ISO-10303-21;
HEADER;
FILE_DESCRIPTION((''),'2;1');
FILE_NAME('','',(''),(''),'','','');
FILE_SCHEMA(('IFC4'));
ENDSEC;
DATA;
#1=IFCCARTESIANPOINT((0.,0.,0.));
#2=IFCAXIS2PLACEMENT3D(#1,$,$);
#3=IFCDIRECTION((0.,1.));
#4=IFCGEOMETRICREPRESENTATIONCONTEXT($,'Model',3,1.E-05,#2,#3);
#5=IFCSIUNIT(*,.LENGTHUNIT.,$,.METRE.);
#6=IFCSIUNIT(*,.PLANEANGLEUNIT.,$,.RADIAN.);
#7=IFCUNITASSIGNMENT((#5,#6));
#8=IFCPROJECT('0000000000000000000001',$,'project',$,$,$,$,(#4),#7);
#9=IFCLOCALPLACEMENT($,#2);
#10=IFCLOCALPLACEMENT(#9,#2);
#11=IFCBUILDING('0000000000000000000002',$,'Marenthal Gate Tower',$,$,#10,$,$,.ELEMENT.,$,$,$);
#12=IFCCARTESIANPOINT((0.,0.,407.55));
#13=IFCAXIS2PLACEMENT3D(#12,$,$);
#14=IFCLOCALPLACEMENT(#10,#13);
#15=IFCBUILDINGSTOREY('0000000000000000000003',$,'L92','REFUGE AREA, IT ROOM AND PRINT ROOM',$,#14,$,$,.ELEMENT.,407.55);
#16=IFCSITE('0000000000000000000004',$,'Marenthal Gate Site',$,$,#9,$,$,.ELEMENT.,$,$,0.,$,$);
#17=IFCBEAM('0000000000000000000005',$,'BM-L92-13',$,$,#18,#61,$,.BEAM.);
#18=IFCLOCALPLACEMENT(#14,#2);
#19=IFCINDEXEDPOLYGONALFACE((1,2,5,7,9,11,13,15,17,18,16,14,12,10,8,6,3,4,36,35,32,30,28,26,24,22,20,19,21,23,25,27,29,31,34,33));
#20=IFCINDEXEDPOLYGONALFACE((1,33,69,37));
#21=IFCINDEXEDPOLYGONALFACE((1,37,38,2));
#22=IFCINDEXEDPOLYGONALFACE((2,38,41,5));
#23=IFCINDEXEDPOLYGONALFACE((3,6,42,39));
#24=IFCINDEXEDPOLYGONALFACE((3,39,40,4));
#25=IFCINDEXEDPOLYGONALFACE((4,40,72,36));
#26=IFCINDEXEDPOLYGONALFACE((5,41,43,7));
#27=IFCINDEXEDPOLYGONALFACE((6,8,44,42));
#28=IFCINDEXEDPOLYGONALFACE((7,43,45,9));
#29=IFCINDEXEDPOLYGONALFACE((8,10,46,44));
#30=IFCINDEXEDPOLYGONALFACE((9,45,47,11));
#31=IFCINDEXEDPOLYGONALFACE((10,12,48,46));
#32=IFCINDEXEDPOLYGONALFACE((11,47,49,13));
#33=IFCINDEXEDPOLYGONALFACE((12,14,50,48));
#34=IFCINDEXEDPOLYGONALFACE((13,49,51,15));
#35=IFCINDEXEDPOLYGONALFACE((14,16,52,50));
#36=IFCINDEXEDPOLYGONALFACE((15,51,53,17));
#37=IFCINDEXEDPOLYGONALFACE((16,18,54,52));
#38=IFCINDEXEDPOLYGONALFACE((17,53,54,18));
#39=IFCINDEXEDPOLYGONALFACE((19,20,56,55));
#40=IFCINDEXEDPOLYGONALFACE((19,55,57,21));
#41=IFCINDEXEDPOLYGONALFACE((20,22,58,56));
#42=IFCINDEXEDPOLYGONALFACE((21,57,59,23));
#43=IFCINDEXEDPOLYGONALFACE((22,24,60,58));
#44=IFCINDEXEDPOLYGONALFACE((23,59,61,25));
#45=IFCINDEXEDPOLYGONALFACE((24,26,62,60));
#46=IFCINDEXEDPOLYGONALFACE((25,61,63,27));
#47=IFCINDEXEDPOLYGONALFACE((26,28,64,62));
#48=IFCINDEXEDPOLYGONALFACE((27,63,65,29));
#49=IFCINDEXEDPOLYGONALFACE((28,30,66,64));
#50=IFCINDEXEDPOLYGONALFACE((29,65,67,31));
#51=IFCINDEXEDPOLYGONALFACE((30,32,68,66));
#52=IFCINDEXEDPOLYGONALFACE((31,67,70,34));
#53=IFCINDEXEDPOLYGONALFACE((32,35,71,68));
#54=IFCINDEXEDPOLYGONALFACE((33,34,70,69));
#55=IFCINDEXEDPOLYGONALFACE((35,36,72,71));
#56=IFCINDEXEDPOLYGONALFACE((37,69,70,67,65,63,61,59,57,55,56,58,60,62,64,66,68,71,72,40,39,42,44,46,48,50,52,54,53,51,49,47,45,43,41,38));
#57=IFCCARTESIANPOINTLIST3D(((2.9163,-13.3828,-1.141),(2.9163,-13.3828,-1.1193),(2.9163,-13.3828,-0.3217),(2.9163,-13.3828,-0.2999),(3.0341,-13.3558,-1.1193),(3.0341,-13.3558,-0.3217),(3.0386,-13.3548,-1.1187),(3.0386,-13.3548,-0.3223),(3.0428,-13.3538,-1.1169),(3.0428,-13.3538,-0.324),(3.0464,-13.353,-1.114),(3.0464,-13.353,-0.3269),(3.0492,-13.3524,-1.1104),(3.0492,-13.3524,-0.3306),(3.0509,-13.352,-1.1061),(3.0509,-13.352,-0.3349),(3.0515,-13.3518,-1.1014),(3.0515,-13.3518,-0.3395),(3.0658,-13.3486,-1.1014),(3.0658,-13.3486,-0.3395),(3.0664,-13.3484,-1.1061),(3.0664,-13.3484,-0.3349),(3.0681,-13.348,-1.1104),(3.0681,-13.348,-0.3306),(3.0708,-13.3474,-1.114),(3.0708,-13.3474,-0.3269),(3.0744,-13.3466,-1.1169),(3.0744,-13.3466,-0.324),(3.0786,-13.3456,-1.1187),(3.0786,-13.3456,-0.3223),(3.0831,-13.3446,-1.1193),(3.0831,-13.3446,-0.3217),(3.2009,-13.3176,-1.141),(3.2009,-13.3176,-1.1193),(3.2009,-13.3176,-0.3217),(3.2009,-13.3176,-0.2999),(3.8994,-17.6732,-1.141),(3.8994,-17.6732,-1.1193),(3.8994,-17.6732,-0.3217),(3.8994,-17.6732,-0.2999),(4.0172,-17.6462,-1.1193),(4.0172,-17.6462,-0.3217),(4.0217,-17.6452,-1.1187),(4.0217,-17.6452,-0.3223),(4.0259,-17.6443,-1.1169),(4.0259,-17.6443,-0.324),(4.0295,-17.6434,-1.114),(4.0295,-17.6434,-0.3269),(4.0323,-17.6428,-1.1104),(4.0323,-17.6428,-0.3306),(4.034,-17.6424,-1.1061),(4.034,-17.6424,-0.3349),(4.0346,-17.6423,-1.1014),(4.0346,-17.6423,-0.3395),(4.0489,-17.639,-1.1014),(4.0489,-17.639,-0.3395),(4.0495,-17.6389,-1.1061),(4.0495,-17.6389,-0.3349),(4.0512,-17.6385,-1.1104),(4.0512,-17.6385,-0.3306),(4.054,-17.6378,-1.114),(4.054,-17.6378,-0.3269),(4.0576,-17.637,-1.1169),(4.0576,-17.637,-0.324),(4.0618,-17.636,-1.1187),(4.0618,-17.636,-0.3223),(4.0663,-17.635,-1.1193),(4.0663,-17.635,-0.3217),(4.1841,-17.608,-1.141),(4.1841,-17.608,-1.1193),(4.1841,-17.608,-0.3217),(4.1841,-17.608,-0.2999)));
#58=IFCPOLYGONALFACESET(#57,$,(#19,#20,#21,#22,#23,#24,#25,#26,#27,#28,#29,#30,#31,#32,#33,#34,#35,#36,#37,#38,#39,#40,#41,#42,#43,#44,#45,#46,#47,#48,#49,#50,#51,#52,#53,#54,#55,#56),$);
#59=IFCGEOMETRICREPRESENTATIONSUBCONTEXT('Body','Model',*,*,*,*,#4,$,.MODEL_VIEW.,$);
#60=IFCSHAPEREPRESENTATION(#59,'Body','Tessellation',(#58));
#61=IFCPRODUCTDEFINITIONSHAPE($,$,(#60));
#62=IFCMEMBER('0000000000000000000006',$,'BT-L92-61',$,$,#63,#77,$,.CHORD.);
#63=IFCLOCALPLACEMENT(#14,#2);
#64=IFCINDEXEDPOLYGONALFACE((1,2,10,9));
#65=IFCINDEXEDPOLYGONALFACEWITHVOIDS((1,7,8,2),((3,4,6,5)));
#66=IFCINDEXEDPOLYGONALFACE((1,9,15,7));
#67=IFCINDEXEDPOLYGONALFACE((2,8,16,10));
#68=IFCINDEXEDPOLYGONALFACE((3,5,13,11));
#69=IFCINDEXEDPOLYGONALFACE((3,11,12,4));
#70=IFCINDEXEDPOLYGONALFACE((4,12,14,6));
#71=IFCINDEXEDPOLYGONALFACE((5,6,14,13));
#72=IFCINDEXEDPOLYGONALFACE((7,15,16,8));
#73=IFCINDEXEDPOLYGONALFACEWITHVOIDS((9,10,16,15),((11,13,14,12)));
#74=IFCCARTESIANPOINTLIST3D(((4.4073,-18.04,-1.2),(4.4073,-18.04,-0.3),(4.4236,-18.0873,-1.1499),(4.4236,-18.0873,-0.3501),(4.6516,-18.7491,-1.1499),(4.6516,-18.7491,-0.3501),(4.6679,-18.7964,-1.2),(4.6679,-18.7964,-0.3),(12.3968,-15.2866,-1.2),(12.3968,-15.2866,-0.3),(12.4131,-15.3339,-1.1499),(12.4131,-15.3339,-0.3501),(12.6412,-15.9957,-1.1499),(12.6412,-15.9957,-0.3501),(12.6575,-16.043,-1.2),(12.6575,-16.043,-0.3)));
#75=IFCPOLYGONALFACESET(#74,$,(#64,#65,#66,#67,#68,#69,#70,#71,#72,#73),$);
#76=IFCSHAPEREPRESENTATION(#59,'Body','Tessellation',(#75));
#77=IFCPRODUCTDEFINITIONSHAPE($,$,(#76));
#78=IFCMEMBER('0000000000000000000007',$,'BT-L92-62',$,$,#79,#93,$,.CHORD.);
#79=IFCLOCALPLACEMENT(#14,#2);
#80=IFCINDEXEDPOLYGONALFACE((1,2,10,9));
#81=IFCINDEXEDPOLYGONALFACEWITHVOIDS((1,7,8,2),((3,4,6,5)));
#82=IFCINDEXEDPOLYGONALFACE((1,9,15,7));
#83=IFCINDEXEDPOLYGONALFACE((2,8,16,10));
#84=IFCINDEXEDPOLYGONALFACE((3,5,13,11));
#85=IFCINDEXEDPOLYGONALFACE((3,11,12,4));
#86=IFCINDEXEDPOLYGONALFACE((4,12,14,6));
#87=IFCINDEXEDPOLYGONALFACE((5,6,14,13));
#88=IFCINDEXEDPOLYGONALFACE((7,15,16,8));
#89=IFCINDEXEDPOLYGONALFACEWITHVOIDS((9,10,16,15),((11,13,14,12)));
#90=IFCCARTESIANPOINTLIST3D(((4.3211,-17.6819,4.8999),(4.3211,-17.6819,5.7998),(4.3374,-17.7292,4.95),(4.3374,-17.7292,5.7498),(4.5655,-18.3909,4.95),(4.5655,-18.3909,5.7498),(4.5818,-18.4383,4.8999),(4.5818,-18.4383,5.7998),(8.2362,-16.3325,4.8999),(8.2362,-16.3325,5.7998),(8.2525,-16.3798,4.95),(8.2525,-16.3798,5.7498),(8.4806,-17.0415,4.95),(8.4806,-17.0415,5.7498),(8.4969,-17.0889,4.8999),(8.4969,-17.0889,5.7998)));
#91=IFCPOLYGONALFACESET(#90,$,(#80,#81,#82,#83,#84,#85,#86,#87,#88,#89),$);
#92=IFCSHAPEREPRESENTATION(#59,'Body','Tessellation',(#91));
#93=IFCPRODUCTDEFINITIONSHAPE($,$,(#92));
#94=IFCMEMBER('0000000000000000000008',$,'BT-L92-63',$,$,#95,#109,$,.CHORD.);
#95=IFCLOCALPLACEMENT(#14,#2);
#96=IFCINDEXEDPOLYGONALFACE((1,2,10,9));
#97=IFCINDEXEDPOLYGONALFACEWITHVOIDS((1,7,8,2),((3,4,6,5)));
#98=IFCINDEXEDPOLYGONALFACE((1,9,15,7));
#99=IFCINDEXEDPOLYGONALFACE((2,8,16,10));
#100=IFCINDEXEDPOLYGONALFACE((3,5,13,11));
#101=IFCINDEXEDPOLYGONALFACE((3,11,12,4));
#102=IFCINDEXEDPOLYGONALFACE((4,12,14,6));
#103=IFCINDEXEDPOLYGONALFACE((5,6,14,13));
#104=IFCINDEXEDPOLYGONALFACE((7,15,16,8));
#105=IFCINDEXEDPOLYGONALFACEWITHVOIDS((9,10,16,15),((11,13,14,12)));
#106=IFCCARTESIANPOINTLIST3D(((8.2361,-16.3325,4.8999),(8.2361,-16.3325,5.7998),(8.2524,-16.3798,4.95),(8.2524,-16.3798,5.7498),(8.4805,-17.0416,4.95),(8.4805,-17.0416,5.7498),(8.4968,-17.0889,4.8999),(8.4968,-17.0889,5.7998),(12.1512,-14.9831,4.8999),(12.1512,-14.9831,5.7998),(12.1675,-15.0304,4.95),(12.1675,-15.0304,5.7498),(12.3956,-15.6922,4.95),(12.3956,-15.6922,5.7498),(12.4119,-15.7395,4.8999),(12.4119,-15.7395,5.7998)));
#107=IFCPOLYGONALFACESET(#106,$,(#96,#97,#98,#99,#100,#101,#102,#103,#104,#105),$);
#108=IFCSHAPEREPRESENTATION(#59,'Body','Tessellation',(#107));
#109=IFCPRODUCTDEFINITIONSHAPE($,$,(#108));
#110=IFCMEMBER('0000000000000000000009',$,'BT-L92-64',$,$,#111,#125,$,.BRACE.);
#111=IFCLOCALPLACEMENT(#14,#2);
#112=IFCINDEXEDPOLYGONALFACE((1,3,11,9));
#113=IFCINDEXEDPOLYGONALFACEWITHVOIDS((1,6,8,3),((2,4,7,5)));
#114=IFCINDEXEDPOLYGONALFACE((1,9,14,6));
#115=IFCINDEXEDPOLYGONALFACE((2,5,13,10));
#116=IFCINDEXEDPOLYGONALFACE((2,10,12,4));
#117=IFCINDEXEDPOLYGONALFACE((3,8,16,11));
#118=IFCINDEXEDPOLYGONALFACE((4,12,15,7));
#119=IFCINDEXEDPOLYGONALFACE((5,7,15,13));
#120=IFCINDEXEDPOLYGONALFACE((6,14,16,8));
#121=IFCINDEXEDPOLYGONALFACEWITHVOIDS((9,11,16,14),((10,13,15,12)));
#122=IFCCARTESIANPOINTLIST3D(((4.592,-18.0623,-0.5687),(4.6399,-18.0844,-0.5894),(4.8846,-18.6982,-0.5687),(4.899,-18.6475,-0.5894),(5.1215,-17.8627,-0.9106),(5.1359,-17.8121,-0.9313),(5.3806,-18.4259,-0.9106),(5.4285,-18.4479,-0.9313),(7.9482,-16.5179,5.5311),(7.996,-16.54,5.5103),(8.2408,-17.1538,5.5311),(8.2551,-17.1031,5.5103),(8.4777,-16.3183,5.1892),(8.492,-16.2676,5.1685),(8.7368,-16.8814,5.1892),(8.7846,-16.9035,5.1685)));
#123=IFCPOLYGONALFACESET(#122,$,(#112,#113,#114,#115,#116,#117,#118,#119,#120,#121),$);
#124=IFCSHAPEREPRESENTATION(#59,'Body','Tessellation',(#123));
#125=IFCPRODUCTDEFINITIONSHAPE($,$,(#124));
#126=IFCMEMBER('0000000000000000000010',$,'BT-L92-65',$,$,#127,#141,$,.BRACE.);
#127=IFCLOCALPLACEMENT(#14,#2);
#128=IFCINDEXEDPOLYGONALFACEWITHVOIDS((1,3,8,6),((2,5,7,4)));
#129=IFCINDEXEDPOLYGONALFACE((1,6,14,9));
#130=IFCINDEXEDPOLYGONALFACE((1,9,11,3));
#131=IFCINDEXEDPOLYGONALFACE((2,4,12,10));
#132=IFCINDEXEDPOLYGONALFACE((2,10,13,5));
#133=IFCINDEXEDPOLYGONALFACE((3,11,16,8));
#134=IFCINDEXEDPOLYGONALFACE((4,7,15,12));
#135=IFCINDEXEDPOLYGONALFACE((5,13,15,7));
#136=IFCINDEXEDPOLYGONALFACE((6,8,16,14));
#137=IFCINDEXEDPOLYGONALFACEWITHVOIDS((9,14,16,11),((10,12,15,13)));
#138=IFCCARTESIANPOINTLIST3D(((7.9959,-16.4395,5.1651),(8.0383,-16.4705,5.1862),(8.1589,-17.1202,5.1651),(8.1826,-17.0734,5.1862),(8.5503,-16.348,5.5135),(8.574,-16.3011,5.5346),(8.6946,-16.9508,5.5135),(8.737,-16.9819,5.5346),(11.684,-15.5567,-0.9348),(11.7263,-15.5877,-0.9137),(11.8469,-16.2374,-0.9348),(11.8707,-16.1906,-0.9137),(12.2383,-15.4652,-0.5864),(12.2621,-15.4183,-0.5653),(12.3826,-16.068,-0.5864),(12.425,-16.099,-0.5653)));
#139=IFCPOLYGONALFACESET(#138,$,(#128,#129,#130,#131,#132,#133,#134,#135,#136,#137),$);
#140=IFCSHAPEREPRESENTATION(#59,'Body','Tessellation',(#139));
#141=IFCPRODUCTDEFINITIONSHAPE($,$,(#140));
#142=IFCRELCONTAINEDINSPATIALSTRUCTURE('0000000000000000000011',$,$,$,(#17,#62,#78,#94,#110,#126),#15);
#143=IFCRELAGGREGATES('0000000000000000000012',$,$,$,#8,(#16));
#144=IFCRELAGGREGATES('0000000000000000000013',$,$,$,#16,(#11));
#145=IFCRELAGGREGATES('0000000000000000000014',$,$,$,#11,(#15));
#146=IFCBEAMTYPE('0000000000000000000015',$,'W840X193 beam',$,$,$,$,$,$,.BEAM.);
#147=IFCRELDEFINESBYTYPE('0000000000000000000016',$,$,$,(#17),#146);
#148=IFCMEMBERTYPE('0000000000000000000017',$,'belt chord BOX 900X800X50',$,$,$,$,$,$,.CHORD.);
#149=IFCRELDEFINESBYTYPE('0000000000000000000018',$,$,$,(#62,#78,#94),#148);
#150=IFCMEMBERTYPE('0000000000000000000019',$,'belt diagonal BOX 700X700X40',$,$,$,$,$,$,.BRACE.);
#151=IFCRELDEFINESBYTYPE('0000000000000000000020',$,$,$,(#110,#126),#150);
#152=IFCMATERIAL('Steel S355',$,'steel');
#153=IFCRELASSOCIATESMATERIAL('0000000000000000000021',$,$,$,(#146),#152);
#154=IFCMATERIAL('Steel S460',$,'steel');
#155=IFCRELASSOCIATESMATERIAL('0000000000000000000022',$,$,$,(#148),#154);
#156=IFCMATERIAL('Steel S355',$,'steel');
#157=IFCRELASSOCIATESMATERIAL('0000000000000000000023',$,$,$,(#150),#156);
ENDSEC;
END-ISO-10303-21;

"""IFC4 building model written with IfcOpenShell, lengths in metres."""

from ifc_helpers import new_model, si_unit, direction, frame, origin, origin_2d, place, context, subcontext, project, spatial, hollow_rectangle, i_section, extrude, material, material_profile, profile_set, type_object, element, save


model = new_model("IFC4")

# Units and contexts
model_context = context("Model", 3, precision=1e-05, world=origin(), true_north=direction((0.0, 1.0)))
body_context = subcontext(model_context, "Body", "Model", "MODEL_VIEW")
ifc_project = project(units=[si_unit("LENGTHUNIT", "METRE"), si_unit("PLANEANGLEUNIT", "RADIAN")], contexts=[model_context])

# Site, building, storey
site_placement = place(None, origin())
site = spatial("IfcSite", under=ifc_project, at=site_placement, Name="Marenthal Gate Site", CompositionType="ELEMENT", RefElevation=0.0)
building_placement = place(site_placement, origin())
building = spatial("IfcBuilding", under=site, at=building_placement, Name="Marenthal Gate Tower", CompositionType="ELEMENT")
storey_placement = place(building_placement, frame((0.0, 0.0, 407.55)))
storey = spatial("IfcBuildingStorey", under=building, at=storey_placement, Name="L92", Description="REFUGE AREA, IT ROOM AND PRINT ROOM", CompositionType="ELEMENT", Elevation=407.55)

# Beam
ifc_material_1 = material(Name="Steel S355", Category="steel")
ifc_material_profile_1 = material_profile(ifc_material_1, i_section(OverallWidth=0.292, OverallDepth=0.8411, WebThickness=0.0146, FlangeThickness=0.0217, FilletRadius=0.0178, at=origin_2d()), Name="W840X193")
ifc_profile_set_1 = profile_set([ifc_material_profile_1], Name="Steel S355")
beam_type_1 = type_object("IfcBeamType", Name="W840X193 beam", PredefinedType="BEAM", material=ifc_profile_set_1)
beam_1_placement = place(storey_placement, frame((4.0417, -17.6406, -0.7205), z_axis=(-0.223356, 0.974737, 0.0), x_axis=(-0.974737, -0.223356, 0.0)))
element("IfcBeam", 1, at=beam_1_placement, inside=storey, type_object=beam_type_1, Name="BM-L92-13", PredefinedType="BEAM", context=body_context, shape_type="SweptSolid", body=[
    extrude(i_section(OverallWidth=0.292, OverallDepth=0.8411, WebThickness=0.0146, FlangeThickness=0.0217, FilletRadius=0.0178, at=origin_2d()), origin(), (0.0, 0.0, 1.0), 4.4016),
])

# Members
ifc_material_2 = material(Name="Steel S460", Category="steel")
ifc_material_profile_2 = material_profile(ifc_material_2, hollow_rectangle(XDim=0.8, YDim=0.8999, WallThickness=0.05, at=origin_2d()), Name="BOX 900X800X50")
ifc_profile_set_2 = profile_set([ifc_material_profile_2], Name="Steel S460")
member_type_1 = type_object("IfcMemberType", Name="belt chord BOX 900X800X50", PredefinedType="CHORD", material=ifc_profile_set_2)
member_1_placement = place(storey_placement, frame((4.5376, -18.4182, -0.75), z_axis=(0.945431, 0.325823, 0.0), x_axis=(-0.325823, 0.945431, 0.0)))
element("IfcMember", 2, at=member_1_placement, inside=storey, type_object=member_type_1, Name="BT-L92-61", PredefinedType="CHORD", context=body_context, shape_type="SweptSolid", body=[
    extrude(hollow_rectangle(XDim=0.8, YDim=0.8999, WallThickness=0.05, at=origin_2d()), origin(), (0.0, 0.0, 1.0), 8.4507),
])
for number, where, z_axis, x_axis, name in (
    (3, (4.4514, -18.0601, 5.3499), (0.945421, 0.325851, 0.0), (-0.325851, 0.945421, 0.0), "BT-L92-62"),
    (4, (8.3665, -16.7107, 5.3499), (0.945421, 0.325851, 0.0), (-0.325851, 0.945421, 0.0), "BT-L92-63"),
):
    element("IfcMember", number, at=place(storey_placement, frame(where, z_axis=z_axis, x_axis=x_axis)), inside=storey, type_object=member_type_1, Name=name, PredefinedType="CHORD", context=body_context, shape_type="SweptSolid", body=[
        extrude(hollow_rectangle(XDim=0.8, YDim=0.8999, WallThickness=0.05, at=origin_2d()), origin(), (0.0, 0.0, 1.0), 4.1411),
    ])
ifc_material_3 = material(Name="Steel S355", Category="steel")
ifc_material_profile_3 = material_profile(ifc_material_3, hollow_rectangle(XDim=0.7, YDim=0.7, WallThickness=0.04, at=origin_2d()), Name="BOX 700X700X40")
ifc_profile_set_3 = profile_set([ifc_material_profile_3], Name="Steel S355")
member_type_2 = type_object("IfcMemberType", Name="belt diagonal BOX 700X700X40", PredefinedType="BRACE", material=ifc_profile_set_3)
member_2_placement = place(storey_placement, frame((5.0103, -18.2551, -0.75), z_axis=(0.47062, 0.216567, 0.855346), x_axis=(-0.418035, 0.908431, 0.0)))
element("IfcMember", 5, at=member_2_placement, inside=storey, type_object=member_type_2, Name="BT-L92-64", PredefinedType="BRACE", context=body_context, shape_type="SweptSolid", body=[
    extrude(hollow_rectangle(XDim=0.7, YDim=0.7, WallThickness=0.04, at=origin_2d()), origin(), (0.0, 0.0, 1.0), 7.1313),
])
member_3_placement = place(storey_placement, frame((8.3665, -16.7107, 5.3499), z_axis=(0.513466, 0.122911, -0.849262), x_axis=(-0.232798, 0.972525, 0.0)))
element("IfcMember", 6, at=member_3_placement, inside=storey, type_object=member_type_2, Name="BT-L92-65", PredefinedType="BRACE", context=body_context, shape_type="SweptSolid", body=[
    extrude(hollow_rectangle(XDim=0.7, YDim=0.7, WallThickness=0.04, at=origin_2d()), origin(), (0.0, 0.0, 1.0), 7.1826),
])

save(model, "model.ifc")
